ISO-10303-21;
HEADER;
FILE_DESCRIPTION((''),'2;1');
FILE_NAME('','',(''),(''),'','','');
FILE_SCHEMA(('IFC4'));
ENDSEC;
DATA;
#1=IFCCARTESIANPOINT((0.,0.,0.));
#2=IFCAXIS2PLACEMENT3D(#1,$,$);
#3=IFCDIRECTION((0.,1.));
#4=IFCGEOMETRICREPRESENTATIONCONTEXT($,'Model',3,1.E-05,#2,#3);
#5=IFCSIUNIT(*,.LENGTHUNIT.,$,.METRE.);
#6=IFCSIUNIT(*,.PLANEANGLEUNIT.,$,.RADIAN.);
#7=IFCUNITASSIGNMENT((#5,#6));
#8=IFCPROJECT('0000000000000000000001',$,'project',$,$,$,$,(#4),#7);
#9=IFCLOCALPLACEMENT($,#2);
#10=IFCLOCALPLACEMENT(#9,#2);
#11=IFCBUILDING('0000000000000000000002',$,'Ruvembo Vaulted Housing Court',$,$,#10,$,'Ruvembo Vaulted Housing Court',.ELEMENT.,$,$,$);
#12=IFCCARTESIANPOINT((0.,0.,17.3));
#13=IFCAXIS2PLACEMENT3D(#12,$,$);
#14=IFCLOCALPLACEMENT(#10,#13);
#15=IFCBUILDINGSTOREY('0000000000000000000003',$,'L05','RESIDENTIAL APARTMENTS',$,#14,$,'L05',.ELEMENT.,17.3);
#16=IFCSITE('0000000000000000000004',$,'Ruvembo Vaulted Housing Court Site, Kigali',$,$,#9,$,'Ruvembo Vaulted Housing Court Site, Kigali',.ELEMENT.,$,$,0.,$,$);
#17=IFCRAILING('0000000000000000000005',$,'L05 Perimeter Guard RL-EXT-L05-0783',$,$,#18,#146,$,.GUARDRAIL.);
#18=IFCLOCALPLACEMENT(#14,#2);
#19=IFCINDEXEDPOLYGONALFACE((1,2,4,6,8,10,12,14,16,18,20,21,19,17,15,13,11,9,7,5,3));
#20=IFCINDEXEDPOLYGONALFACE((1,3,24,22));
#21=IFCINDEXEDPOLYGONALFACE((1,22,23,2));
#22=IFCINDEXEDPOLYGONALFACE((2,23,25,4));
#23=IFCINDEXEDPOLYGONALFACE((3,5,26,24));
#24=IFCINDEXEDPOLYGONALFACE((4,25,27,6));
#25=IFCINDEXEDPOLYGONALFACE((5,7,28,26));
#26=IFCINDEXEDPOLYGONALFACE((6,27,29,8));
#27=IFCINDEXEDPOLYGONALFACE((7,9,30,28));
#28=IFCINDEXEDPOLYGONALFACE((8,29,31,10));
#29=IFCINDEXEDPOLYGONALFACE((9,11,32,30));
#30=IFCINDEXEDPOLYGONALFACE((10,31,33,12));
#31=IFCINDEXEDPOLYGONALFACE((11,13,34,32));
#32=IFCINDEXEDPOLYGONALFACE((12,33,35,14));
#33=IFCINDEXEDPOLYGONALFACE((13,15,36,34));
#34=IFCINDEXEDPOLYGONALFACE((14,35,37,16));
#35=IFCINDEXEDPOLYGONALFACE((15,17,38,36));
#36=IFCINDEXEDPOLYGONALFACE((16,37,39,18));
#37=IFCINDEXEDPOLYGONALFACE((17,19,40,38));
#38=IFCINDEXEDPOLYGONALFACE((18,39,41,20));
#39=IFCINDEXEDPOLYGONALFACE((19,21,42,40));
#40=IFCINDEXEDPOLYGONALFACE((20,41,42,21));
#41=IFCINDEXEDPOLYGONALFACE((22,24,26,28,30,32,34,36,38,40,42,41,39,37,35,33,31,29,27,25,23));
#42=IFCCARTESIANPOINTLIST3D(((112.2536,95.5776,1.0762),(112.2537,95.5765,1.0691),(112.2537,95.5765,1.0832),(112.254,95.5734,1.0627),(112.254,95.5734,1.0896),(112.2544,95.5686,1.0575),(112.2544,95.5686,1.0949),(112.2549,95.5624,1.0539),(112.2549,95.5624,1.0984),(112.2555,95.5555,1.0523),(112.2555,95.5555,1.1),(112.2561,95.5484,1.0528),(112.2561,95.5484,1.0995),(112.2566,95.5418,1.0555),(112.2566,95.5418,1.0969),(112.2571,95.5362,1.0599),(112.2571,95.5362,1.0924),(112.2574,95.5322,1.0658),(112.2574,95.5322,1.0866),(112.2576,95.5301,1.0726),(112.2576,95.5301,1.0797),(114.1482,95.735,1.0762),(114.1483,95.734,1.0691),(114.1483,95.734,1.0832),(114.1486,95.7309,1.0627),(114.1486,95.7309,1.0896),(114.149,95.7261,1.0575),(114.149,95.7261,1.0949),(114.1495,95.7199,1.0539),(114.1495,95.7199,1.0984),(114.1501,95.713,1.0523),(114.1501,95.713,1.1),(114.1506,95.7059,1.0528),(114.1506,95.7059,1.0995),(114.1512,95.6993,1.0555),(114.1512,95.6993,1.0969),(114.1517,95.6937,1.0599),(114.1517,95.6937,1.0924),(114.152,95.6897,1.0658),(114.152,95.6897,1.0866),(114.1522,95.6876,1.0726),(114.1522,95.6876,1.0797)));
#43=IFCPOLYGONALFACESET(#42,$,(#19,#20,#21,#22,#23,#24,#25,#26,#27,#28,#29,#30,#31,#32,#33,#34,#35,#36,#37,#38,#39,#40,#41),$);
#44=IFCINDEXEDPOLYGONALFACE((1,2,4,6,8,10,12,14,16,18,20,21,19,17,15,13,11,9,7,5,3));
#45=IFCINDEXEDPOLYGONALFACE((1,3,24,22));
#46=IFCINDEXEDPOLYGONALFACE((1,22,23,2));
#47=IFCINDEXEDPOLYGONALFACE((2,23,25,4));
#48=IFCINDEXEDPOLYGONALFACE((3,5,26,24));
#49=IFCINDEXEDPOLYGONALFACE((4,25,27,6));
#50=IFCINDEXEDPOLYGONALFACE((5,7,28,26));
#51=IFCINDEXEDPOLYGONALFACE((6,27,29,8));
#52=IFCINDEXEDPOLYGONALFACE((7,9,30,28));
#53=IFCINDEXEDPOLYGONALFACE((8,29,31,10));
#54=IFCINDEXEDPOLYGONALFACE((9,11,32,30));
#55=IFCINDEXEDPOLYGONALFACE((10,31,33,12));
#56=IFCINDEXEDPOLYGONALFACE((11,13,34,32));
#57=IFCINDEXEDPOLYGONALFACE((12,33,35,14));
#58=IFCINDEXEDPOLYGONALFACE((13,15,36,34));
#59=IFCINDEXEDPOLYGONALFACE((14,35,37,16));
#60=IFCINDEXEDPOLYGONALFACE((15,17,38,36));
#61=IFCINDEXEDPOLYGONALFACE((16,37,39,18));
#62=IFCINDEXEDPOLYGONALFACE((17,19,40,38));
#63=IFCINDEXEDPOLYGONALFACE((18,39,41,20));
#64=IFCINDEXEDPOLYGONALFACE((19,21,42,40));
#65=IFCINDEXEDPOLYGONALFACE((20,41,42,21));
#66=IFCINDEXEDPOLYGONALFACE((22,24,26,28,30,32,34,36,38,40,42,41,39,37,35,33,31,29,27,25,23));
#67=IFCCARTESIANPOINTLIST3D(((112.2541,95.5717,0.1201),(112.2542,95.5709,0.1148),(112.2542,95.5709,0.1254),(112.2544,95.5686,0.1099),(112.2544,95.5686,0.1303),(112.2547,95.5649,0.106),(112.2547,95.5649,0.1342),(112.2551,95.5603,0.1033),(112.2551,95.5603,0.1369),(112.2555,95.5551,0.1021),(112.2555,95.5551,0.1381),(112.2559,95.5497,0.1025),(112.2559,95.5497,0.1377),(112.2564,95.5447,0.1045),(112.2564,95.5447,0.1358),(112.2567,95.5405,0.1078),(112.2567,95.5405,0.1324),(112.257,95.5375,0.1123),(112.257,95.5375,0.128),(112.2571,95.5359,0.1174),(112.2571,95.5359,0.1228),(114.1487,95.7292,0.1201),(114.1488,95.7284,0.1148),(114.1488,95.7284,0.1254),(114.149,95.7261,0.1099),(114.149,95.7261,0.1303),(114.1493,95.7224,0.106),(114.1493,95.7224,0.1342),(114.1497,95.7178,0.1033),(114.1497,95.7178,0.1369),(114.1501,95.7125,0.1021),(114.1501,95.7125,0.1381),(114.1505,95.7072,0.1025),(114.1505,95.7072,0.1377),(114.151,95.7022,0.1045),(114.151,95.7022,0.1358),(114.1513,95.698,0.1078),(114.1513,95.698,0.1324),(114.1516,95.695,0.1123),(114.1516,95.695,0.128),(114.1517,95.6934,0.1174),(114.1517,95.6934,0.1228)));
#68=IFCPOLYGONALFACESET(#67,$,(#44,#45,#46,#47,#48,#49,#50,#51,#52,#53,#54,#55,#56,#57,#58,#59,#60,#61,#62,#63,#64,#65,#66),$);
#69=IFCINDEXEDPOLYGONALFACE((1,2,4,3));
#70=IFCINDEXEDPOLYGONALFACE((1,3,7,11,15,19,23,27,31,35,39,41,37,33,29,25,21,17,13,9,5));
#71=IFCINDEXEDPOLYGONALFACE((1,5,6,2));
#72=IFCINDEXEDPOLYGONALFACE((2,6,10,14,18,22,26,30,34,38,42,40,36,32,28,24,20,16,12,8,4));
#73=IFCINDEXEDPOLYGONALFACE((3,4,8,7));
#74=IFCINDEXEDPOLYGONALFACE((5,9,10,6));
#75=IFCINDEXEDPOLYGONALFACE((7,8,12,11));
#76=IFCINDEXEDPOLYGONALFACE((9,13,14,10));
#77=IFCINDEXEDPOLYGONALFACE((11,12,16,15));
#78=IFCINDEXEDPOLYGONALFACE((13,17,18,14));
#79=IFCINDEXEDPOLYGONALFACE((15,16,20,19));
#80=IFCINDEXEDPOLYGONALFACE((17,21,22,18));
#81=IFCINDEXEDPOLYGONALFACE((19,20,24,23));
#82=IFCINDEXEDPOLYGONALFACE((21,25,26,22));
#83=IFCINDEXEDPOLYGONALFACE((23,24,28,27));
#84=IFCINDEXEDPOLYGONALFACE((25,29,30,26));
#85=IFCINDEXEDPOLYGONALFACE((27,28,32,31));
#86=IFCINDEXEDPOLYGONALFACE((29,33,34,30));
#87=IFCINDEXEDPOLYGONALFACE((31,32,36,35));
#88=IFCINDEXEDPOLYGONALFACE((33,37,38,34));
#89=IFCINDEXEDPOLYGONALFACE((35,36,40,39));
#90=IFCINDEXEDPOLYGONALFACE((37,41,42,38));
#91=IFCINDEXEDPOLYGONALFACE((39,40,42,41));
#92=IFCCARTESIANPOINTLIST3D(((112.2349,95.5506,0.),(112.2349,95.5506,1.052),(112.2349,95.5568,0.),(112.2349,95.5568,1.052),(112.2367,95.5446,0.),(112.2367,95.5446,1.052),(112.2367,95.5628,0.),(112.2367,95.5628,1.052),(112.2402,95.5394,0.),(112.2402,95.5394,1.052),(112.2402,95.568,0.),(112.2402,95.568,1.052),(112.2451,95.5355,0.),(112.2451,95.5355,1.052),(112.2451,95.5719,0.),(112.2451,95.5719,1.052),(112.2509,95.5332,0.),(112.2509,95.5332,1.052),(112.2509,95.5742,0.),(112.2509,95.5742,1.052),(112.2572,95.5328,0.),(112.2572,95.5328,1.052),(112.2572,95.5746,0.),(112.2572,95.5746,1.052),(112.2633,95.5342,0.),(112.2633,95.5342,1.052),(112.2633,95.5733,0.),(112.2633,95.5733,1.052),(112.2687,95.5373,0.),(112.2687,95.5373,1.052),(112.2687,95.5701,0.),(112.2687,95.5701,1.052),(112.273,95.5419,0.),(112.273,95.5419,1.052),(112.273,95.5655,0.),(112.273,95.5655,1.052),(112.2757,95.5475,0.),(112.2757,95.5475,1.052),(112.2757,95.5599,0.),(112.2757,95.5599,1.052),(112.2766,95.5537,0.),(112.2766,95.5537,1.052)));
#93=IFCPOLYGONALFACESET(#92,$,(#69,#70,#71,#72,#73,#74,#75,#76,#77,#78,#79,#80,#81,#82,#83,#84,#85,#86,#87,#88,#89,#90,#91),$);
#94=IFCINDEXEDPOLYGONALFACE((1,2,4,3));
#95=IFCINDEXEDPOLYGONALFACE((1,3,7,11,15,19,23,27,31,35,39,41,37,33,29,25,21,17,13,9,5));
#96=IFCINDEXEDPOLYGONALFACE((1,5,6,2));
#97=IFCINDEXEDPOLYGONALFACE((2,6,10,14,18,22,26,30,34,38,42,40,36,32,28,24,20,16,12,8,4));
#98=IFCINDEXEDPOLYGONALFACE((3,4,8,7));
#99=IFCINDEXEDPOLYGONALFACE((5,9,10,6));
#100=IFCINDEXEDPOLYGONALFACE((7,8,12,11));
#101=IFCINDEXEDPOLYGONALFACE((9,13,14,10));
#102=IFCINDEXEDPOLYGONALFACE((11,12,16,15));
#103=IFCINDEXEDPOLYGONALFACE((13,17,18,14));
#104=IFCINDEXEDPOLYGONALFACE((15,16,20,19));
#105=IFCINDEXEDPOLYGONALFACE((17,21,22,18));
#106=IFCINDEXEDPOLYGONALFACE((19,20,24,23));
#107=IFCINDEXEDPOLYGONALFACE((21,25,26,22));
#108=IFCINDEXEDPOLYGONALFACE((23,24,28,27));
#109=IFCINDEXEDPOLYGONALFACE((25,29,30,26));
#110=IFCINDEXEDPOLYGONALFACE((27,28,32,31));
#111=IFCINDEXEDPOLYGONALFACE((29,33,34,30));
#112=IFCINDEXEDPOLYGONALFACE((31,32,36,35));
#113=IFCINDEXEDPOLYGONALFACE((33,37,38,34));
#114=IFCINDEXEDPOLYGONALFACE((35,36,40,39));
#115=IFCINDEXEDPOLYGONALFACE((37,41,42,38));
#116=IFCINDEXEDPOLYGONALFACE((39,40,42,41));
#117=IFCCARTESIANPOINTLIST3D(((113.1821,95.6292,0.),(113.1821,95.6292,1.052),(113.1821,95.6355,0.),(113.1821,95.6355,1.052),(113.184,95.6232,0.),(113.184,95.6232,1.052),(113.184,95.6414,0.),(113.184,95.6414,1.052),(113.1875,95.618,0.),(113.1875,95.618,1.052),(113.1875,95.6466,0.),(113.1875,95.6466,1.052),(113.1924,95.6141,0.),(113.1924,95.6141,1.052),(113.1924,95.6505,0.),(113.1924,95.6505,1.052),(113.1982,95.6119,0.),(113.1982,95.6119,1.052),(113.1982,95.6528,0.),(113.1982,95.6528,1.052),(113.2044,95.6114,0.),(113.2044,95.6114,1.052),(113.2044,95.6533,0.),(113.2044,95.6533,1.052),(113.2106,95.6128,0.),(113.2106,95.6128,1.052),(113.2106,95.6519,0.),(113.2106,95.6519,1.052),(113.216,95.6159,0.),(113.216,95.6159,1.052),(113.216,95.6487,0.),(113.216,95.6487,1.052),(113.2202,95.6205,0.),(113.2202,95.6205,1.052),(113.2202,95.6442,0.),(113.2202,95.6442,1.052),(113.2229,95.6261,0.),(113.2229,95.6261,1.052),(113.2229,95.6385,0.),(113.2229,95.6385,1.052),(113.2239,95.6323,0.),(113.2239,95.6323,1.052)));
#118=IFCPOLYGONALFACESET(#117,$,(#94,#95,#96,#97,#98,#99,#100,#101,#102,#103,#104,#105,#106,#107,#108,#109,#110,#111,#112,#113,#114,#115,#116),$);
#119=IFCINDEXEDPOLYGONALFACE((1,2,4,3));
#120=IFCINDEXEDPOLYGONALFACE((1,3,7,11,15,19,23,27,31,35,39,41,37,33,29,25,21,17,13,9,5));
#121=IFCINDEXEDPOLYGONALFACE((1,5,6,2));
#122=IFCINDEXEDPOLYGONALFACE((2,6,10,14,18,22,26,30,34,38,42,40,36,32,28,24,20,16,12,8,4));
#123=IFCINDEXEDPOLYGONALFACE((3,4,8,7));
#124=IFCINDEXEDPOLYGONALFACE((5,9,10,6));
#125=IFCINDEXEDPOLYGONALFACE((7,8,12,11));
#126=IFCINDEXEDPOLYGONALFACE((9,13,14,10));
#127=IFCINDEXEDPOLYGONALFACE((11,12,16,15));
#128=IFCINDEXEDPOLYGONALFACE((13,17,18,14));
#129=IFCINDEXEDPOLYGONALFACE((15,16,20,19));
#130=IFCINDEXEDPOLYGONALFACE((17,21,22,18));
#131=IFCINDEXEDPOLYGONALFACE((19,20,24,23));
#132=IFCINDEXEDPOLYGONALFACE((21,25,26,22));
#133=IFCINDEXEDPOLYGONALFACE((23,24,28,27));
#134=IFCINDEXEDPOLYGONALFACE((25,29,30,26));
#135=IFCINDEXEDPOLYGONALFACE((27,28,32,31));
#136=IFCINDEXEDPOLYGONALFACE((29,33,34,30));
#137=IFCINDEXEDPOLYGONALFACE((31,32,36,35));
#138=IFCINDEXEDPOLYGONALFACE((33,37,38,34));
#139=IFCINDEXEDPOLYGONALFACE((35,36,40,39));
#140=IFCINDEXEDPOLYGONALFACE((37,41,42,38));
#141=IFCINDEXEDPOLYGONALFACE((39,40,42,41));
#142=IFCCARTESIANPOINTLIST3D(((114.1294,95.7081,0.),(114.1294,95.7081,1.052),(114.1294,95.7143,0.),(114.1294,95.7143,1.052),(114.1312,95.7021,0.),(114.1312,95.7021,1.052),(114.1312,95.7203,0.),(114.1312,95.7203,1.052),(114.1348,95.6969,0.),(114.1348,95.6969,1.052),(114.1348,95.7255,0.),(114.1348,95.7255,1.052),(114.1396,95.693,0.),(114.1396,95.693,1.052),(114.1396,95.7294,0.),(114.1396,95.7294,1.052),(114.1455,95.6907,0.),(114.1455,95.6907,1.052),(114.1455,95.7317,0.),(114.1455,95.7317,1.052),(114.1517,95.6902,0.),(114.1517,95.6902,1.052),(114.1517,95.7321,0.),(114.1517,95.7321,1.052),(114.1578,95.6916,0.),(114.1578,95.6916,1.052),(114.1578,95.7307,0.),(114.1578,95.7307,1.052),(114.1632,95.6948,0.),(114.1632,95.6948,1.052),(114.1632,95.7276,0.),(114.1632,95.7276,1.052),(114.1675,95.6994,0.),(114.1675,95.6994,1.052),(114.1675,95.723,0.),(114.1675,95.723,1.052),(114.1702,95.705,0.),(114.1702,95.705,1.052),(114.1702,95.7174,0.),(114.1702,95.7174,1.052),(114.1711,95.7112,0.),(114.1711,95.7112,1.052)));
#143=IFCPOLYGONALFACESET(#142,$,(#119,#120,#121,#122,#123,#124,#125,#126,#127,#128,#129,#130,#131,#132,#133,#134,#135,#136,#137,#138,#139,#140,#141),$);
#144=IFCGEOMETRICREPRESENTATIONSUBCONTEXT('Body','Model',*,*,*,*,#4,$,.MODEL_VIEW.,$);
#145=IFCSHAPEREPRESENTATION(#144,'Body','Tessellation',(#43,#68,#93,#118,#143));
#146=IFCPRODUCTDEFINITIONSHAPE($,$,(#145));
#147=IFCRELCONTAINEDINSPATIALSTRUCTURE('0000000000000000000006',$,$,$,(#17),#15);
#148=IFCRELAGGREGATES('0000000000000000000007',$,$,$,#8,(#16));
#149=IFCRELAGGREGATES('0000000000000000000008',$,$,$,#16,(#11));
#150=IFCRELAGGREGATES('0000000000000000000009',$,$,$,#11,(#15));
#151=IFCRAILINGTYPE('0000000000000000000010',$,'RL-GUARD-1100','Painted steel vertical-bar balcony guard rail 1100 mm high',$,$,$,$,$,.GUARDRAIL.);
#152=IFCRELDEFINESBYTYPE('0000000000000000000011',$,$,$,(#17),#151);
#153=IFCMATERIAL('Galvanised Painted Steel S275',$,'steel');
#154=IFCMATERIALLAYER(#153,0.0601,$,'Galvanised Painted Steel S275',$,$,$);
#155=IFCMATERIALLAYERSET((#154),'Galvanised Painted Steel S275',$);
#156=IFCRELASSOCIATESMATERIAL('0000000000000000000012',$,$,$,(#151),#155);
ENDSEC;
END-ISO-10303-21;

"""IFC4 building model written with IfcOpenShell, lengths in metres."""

from ifc_helpers import new_model, si_unit, direction, frame, origin, origin_2d, place, context, subcontext, project, spatial, circle, extrude, material, layer, layer_set, type_object, element, save


model = new_model("IFC4")

# Units and contexts
model_context = context("Model", 3, precision=1e-05, world=origin(), true_north=direction((0.0, 1.0)))
body_context = subcontext(model_context, "Body", "Model", "MODEL_VIEW")
ifc_project = project(units=[si_unit("LENGTHUNIT", "METRE"), si_unit("PLANEANGLEUNIT", "RADIAN")], contexts=[model_context])

# Site, building, storey
site_placement = place(None, origin())
site = spatial("IfcSite", under=ifc_project, at=site_placement, Name="Ruvembo Vaulted Housing Court Site, Kigali", LongName="Ruvembo Vaulted Housing Court Site, Kigali", CompositionType="ELEMENT", RefElevation=0.0)
building_placement = place(site_placement, origin())
building = spatial("IfcBuilding", under=site, at=building_placement, Name="Ruvembo Vaulted Housing Court", LongName="Ruvembo Vaulted Housing Court", CompositionType="ELEMENT")
storey_placement = place(building_placement, frame((0.0, 0.0, 17.3)))
storey = spatial("IfcBuildingStorey", under=building, at=storey_placement, Name="L05", Description="RESIDENTIAL APARTMENTS", LongName="L05", CompositionType="ELEMENT", Elevation=17.3)

# Railing
ifc_material_1 = material(Name="Galvanised Painted Steel S275", Category="steel")
ifc_layer = layer(ifc_material_1, 0.0601, Name="Galvanised Painted Steel S275")
ifc_layer_set = layer_set([ifc_layer], Name="Galvanised Painted Steel S275")
railing_type = type_object("IfcRailingType", Name="RL-GUARD-1100", Description="Painted steel vertical-bar balcony guard rail 1100 mm high", PredefinedType="GUARDRAIL", material=ifc_layer_set)
railing_1_placement = place(storey_placement, frame((112.2556, 95.5537, 0.0)))
element("IfcRailing", 1, at=railing_1_placement, inside=storey, type_object=railing_type, Name="L05 Perimeter Guard RL-EXT-L05-0783", PredefinedType="GUARDRAIL", context=body_context, shape_type="SweptSolid", body=[
    extrude(circle(Radius=0.0239, at=origin_2d()), frame((0.0, 0.0, 1.0762), z_axis=(0.996563, 0.082833, 0.0), x_axis=(-0.082833, 0.996563, 0.0)), (0.0, 0.0, 1.0), 1.9011),
    extrude(circle(Radius=0.0181, at=origin_2d()), frame((0.0, 0.0, 0.1201), z_axis=(0.996563, 0.082833, 0.0), x_axis=(-0.082833, 0.996563, 0.0)), (0.0, 0.0, 1.0), 1.9011),
    extrude(circle(Radius=0.021, at=origin_2d()), origin(), (0.0, 0.0, 1.0), 1.052),
    extrude(circle(Radius=0.021, at=origin_2d()), frame((0.9473, 0.0786, 0.0)), (0.0, 0.0, 1.0), 1.052),
    extrude(circle(Radius=0.021, at=origin_2d()), frame((1.8945, 0.1575, 0.0)), (0.0, 0.0, 1.0), 1.052),
])

save(model, "model.ifc")
